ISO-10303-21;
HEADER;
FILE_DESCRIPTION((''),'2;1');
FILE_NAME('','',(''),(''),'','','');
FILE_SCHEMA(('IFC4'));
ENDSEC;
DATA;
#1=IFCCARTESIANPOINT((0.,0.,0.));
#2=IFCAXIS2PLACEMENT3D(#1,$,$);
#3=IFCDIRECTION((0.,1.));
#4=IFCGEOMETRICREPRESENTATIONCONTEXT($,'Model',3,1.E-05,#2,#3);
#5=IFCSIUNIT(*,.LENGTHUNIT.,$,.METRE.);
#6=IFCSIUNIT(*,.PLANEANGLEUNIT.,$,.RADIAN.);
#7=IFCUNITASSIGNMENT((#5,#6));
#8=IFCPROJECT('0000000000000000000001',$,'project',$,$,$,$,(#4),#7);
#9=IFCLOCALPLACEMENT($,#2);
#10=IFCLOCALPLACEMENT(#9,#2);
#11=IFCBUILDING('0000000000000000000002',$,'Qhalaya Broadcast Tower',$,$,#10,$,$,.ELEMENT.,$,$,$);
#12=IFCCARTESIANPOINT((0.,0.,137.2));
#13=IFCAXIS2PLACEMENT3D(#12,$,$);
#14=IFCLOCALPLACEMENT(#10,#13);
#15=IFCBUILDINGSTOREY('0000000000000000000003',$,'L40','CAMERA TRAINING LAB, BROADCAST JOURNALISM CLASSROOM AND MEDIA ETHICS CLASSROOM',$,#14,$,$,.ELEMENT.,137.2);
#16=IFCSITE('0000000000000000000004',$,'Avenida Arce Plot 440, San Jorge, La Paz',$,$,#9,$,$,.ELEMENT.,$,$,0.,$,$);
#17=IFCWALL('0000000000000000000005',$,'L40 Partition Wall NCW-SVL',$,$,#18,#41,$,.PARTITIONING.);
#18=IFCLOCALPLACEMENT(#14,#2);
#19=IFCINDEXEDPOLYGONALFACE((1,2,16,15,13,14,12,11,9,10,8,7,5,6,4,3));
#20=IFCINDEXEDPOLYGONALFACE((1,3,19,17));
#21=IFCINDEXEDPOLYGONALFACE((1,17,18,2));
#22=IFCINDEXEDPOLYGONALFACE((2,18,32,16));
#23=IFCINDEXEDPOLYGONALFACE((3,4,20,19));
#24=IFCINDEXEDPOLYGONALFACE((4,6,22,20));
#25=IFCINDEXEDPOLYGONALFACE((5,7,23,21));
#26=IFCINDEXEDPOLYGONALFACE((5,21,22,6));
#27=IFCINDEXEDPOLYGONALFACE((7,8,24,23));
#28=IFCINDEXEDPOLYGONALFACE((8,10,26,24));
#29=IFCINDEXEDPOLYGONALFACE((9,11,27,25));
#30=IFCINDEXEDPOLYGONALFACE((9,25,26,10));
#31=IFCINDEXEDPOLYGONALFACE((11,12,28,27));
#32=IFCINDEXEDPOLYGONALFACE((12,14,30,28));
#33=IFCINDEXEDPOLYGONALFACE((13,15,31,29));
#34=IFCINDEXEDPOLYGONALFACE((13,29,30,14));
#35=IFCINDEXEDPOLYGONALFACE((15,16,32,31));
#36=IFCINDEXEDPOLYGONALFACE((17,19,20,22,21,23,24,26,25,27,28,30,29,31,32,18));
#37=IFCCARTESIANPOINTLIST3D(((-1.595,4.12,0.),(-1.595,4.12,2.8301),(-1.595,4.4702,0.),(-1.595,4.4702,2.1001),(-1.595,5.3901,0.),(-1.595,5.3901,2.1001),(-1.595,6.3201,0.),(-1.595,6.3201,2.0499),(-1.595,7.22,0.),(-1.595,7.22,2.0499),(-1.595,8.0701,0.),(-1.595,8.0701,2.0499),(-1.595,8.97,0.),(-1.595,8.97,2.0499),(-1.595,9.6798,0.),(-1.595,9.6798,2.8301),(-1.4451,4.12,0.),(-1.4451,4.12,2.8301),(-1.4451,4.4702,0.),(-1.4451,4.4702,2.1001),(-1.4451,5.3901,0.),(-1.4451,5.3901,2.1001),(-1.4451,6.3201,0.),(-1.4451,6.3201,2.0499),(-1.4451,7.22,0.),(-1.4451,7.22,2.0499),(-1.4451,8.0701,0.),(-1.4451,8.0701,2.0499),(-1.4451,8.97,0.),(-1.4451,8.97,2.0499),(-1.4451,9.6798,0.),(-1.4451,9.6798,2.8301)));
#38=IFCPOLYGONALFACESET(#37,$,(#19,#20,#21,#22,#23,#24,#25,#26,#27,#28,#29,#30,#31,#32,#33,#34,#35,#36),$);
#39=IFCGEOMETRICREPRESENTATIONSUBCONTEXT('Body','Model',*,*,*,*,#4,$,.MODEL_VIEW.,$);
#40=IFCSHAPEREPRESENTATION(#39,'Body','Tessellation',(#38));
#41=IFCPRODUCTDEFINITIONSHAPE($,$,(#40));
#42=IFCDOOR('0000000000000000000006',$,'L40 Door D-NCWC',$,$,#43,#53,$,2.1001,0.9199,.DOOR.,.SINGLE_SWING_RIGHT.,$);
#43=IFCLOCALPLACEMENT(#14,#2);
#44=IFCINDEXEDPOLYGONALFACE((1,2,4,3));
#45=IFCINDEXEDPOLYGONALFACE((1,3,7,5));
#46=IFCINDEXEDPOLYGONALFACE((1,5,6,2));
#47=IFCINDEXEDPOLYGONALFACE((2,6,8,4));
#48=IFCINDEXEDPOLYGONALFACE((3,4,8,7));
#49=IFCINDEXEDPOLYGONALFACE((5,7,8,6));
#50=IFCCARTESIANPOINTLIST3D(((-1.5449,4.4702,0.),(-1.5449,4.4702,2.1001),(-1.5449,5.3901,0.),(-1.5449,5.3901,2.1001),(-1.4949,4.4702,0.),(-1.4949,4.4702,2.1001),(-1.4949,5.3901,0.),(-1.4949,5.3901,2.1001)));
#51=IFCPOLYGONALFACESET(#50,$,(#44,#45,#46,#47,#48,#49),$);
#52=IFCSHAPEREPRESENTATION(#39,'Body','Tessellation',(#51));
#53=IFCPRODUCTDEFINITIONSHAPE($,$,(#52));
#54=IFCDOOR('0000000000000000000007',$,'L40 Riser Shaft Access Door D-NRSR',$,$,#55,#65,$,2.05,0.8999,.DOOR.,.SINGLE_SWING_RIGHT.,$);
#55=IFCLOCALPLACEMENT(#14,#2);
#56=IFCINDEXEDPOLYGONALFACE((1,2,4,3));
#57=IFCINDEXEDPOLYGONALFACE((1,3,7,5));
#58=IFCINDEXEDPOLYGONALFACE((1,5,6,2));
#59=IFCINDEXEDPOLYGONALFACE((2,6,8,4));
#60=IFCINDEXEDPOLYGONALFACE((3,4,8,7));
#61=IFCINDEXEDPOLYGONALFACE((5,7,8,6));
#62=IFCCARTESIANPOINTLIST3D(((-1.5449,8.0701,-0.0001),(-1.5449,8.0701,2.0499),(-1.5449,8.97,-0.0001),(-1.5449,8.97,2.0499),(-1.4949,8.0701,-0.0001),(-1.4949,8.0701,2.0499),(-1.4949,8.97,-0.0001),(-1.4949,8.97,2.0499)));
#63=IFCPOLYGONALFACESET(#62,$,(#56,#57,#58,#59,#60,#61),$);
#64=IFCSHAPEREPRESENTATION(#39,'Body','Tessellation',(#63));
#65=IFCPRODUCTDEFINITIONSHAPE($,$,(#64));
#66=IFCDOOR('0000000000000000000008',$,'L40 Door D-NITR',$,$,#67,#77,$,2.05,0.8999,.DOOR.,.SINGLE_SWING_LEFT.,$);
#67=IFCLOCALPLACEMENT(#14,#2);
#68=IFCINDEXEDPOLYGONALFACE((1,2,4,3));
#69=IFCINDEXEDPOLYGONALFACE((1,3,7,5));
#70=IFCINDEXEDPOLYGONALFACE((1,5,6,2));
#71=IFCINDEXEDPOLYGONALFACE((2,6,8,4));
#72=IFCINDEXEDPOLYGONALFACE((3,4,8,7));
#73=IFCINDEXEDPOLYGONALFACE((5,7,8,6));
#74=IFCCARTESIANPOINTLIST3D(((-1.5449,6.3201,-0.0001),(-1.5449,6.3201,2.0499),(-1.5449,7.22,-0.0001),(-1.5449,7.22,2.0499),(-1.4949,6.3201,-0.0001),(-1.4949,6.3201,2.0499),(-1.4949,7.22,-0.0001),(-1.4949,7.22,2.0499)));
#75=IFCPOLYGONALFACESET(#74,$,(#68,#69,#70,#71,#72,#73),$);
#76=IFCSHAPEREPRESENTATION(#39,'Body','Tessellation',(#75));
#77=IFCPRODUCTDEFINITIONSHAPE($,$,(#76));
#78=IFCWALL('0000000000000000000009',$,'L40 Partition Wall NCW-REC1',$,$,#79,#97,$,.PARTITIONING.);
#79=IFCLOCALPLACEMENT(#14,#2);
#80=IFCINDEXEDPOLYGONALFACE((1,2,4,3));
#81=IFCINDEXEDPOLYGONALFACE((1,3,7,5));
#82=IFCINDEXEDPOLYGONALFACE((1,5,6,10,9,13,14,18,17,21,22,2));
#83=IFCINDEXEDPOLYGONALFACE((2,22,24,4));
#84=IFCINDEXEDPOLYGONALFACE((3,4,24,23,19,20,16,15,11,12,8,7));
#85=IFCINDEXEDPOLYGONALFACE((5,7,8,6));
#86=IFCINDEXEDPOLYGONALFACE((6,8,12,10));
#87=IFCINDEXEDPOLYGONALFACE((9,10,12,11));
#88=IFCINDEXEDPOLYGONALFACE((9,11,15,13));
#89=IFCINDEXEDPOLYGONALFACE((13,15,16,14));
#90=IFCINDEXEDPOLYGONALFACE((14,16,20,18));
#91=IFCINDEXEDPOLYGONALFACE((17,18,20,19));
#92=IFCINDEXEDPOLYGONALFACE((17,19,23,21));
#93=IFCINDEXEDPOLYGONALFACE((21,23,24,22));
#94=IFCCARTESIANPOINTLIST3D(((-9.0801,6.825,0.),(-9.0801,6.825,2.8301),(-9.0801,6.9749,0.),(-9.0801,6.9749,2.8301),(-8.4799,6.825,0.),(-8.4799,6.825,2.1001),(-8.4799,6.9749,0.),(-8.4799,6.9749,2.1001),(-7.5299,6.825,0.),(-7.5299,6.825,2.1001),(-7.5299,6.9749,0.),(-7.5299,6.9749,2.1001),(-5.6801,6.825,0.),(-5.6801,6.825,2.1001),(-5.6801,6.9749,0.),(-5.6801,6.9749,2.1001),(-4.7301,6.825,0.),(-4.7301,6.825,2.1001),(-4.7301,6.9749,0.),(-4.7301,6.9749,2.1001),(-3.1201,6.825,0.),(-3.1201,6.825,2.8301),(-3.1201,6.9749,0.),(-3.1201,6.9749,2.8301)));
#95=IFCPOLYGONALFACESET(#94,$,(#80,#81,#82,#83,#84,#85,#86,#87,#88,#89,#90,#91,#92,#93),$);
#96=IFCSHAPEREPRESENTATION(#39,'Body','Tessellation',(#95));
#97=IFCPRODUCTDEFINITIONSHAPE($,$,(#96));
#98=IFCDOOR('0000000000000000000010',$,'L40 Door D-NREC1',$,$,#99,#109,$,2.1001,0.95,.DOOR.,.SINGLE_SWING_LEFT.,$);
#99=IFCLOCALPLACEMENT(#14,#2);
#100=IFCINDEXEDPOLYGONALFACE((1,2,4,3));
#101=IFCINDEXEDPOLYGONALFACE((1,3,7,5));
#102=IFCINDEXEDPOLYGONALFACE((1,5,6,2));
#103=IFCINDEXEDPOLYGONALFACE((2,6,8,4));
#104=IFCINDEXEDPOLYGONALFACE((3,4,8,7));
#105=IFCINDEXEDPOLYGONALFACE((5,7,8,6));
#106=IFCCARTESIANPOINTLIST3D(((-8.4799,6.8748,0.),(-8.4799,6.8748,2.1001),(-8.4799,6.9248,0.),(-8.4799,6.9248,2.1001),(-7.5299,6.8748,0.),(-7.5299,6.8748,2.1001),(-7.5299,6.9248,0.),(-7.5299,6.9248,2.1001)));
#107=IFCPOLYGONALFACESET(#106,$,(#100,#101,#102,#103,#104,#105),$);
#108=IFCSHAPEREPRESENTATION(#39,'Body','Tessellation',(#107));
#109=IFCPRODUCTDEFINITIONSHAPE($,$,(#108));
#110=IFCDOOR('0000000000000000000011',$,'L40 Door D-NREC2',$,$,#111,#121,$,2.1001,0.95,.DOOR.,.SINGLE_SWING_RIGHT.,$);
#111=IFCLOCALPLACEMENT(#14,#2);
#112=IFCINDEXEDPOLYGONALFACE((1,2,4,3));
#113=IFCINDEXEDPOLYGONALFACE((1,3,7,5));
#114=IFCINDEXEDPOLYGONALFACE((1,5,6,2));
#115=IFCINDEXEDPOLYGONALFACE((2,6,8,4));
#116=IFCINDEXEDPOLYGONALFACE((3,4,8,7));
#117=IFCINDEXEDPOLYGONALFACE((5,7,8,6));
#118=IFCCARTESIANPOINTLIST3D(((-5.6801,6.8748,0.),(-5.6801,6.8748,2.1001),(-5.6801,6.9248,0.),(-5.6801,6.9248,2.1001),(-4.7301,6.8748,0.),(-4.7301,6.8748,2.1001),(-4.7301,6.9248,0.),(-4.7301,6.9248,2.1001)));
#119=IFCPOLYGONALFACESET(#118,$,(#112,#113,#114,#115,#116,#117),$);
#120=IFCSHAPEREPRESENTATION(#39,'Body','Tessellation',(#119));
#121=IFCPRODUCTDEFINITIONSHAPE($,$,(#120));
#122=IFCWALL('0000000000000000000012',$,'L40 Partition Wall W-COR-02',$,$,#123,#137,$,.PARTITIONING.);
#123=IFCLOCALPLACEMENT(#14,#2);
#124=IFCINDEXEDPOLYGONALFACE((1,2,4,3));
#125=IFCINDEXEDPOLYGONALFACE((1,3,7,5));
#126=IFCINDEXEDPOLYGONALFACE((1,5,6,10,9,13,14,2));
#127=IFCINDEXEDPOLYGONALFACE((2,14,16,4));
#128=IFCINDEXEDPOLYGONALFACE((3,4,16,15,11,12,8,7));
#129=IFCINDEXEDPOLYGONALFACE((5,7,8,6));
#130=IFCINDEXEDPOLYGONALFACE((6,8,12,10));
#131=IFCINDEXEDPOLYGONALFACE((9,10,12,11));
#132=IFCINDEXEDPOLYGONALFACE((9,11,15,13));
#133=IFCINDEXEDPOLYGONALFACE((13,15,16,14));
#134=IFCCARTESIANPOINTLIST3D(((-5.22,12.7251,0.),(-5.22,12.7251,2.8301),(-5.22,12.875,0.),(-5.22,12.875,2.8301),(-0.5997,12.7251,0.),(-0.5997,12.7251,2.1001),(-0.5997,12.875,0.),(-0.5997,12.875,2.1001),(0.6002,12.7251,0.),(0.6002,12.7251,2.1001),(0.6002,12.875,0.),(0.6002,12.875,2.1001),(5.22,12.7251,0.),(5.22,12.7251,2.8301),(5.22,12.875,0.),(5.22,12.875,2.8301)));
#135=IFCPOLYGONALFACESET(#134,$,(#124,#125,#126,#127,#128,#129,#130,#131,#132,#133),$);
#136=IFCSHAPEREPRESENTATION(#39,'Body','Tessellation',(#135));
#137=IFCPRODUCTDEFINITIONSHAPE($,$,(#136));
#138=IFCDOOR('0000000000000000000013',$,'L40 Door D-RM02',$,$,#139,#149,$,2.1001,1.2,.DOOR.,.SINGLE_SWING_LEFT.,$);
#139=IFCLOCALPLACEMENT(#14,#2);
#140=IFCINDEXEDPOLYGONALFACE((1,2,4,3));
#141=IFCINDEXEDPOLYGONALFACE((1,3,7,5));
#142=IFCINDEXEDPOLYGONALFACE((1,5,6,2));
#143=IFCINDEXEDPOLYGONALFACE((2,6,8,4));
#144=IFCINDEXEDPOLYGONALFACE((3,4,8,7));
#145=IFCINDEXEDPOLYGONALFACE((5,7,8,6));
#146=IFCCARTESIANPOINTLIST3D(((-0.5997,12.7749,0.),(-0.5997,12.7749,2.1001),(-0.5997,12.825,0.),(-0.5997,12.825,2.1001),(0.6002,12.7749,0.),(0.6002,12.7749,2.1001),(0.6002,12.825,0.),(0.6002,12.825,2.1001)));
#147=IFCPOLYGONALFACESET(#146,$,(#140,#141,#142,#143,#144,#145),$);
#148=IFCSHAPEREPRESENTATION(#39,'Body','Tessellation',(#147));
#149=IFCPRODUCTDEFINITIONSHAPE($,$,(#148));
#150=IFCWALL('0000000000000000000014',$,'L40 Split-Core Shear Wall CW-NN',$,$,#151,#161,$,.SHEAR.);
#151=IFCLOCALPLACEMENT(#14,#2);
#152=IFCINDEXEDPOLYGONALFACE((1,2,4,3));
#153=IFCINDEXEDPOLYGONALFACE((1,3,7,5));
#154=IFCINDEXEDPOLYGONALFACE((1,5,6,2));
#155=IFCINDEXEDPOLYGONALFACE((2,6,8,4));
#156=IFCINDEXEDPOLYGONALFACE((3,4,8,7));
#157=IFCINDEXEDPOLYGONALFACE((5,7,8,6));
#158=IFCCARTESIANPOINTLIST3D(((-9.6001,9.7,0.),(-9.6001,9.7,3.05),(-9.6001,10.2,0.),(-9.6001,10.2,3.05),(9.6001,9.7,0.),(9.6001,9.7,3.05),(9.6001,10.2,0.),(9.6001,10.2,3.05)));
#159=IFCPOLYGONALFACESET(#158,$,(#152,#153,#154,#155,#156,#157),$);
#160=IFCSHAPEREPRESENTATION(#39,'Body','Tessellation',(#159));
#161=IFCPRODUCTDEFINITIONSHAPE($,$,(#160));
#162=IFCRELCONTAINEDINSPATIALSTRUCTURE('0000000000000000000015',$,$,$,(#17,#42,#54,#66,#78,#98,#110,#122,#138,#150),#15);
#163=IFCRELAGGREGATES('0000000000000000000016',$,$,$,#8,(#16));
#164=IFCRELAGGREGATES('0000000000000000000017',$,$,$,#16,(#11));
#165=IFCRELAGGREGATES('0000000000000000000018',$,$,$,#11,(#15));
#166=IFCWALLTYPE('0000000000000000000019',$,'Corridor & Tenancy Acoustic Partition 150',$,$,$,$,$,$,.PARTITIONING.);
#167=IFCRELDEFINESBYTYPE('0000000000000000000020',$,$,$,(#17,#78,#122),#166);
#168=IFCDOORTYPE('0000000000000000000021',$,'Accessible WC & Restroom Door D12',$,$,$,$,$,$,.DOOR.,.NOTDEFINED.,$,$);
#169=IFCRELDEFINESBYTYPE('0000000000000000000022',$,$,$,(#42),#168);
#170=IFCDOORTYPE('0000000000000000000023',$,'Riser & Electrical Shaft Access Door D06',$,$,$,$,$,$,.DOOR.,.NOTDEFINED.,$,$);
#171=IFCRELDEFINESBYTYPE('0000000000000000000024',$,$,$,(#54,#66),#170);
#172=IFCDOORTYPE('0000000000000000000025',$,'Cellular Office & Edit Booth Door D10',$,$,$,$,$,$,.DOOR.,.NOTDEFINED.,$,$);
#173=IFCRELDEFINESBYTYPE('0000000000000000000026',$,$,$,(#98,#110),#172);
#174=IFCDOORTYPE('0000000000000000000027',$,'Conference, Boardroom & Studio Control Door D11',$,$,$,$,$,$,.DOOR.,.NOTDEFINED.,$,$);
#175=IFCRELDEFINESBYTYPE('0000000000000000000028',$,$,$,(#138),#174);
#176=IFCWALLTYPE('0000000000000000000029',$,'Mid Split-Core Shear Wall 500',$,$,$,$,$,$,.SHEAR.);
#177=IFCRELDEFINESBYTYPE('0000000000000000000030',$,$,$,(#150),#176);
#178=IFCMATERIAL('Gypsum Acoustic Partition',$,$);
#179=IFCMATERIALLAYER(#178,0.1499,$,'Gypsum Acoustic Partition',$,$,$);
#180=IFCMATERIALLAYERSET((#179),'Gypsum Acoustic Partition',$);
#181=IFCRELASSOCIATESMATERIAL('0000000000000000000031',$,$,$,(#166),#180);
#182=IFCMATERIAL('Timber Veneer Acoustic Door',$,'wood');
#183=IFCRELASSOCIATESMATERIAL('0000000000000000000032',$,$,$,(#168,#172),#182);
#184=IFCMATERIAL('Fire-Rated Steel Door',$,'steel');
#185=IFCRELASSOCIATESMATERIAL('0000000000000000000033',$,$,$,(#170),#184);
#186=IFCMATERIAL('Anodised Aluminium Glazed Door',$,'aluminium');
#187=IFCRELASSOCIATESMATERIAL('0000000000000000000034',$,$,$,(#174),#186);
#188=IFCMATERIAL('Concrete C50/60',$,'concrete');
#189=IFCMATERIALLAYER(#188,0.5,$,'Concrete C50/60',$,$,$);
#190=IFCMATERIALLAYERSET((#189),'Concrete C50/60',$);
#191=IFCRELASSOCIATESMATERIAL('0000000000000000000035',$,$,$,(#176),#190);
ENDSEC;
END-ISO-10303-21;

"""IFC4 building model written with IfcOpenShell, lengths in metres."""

from ifc_helpers import new_model, si_unit, direction, frame, frame_2d, origin, place, context, subcontext, project, spatial, rectangle, extrude, material, layer, layer_set, type_object, element, fill, save


model = new_model("IFC4")

# Units and contexts
model_context = context("Model", 3, precision=1e-05, world=origin(), true_north=direction((0.0, 1.0)))
body_context = subcontext(model_context, "Body", "Model", "MODEL_VIEW")
ifc_project = project(units=[si_unit("LENGTHUNIT", "METRE"), si_unit("PLANEANGLEUNIT", "RADIAN")], contexts=[model_context])

# Site, building, storey
site_placement = place(None, origin())
site = spatial("IfcSite", under=ifc_project, at=site_placement, Name="Avenida Arce Plot 440, San Jorge, La Paz", CompositionType="ELEMENT", RefElevation=0.0)
building_placement = place(site_placement, origin())
building = spatial("IfcBuilding", under=site, at=building_placement, Name="Qhalaya Broadcast Tower", CompositionType="ELEMENT")
storey_placement = place(building_placement, frame((0.0, 0.0, 137.2)))
storey = spatial("IfcBuildingStorey", under=building, at=storey_placement, Name="L40", Description="CAMERA TRAINING LAB, BROADCAST JOURNALISM CLASSROOM AND MEDIA ETHICS CLASSROOM", CompositionType="ELEMENT", Elevation=137.2)

# Shared definitions
ifc_material_1 = material(Name="Concrete C50/60", Category="concrete")

# Walls, openings, doors
ifc_material_2 = material(Name="Gypsum Acoustic Partition")
ifc_layer_1 = layer(ifc_material_2, 0.1499, Name="Gypsum Acoustic Partition")
ifc_layer_set_1 = layer_set([ifc_layer_1], Name="Gypsum Acoustic Partition")
wall_type_1 = type_object("IfcWallType", Name="Corridor & Tenancy Acoustic Partition 150", PredefinedType="PARTITIONING", material=ifc_layer_set_1)
wall_1_placement = place(storey_placement, frame((-1.52, 4.1201, 0.0), z_axis=(0.0, 0.0, 1.0), x_axis=(0.0, 1.0, 0.0)))
wall_1 = element("IfcWall", 1, at=wall_1_placement, inside=storey, type_object=wall_type_1, Name="L40 Partition Wall NCW-SVL", PredefinedType="PARTITIONING", context=body_context, shape_type="SweptSolid", body=[
    extrude(rectangle(XDim=5.5598, YDim=0.1499, at=frame_2d((2.7798, 0.0))), origin(), (0.0, 0.0, 1.0), 2.8301),
])
opening_1_placement = place(wall_1_placement, frame((3.95, 0.0, 0.0)))
opening_1 = element("IfcOpeningElement", 2, at=opening_1_placement, cuts=wall_1, PredefinedType="OPENING", context=body_context, shape_type="SweptSolid", body=[
    extrude(rectangle(XDim=0.8999, YDim=2.05, at=frame_2d((0.45, 1.0249))), frame((0.0, 0.0869, 0.0), z_axis=(0.0, -1.0, 0.0), x_axis=(1.0, 0.0, 0.0)), (0.0, 0.0, 1.0), 0.1738),
])
opening_2_placement = place(wall_1_placement, frame((2.2, 0.0, 0.0)))
opening_2 = element("IfcOpeningElement", 3, at=opening_2_placement, cuts=wall_1, PredefinedType="OPENING", context=body_context, shape_type="SweptSolid", body=[
    extrude(rectangle(XDim=0.8999, YDim=2.05, at=frame_2d((0.45, 1.0249))), frame((0.0, 0.0869, 0.0), z_axis=(0.0, -1.0, 0.0), x_axis=(1.0, 0.0, 0.0)), (0.0, 0.0, 1.0), 0.1738),
])
opening_3_placement = place(wall_1_placement, frame((0.3501, 0.0, 0.0)))
opening_3 = element("IfcOpeningElement", 4, at=opening_3_placement, cuts=wall_1, PredefinedType="OPENING", context=body_context, shape_type="SweptSolid", body=[
    extrude(rectangle(XDim=0.9199, YDim=2.1001, at=frame_2d((0.46, 1.05))), frame((0.0, 0.0869, 0.0), z_axis=(0.0, -1.0, 0.0), x_axis=(1.0, 0.0, 0.0)), (0.0, 0.0, 1.0), 0.1738),
])
ifc_material_3 = material(Name="Timber Veneer Acoustic Door", Category="wood")
door_type_1 = type_object("IfcDoorType", Name="Accessible WC & Restroom Door D12", OperationType="NOTDEFINED", PredefinedType="DOOR", material=ifc_material_3)
door_1_placement = place(opening_3_placement, origin())
door_1 = element("IfcDoor", 5, at=door_1_placement, inside=storey, type_object=door_type_1, Name="L40 Door D-NCWC", OperationType="SINGLE_SWING_RIGHT", OverallHeight=2.1001, OverallWidth=0.9199, PredefinedType="DOOR", context=body_context, shape_type="SweptSolid", body=[
    extrude(rectangle(XDim=0.9199, YDim=2.1001, at=frame_2d((0.46, 1.05))), frame((0.0, 0.0249, 0.0), z_axis=(0.0, -1.0, 0.0), x_axis=(1.0, 0.0, 0.0)), (0.0, 0.0, 1.0), 0.05),
])
fill(opening_3, door_1)
ifc_material_4 = material(Name="Fire-Rated Steel Door", Category="steel")
door_type_2 = type_object("IfcDoorType", Name="Riser & Electrical Shaft Access Door D06", OperationType="NOTDEFINED", PredefinedType="DOOR", material=ifc_material_4)
door_2_placement = place(opening_1_placement, origin())
door_2 = element("IfcDoor", 6, at=door_2_placement, inside=storey, type_object=door_type_2, Name="L40 Riser Shaft Access Door D-NRSR", OperationType="SINGLE_SWING_RIGHT", OverallHeight=2.05, OverallWidth=0.8999, PredefinedType="DOOR", context=body_context, shape_type="SweptSolid", body=[
    extrude(rectangle(XDim=0.8999, YDim=2.05, at=frame_2d((0.45, 1.0249))), frame((0.0, 0.0249, 0.0), z_axis=(0.0, -1.0, 0.0), x_axis=(1.0, 0.0, 0.0)), (0.0, 0.0, 1.0), 0.05),
])
fill(opening_1, door_2)
door_3_placement = place(opening_2_placement, origin())
door_3 = element("IfcDoor", 7, at=door_3_placement, inside=storey, type_object=door_type_2, Name="L40 Door D-NITR", OperationType="SINGLE_SWING_LEFT", OverallHeight=2.05, OverallWidth=0.8999, PredefinedType="DOOR", context=body_context, shape_type="SweptSolid", body=[
    extrude(rectangle(XDim=0.8999, YDim=2.05, at=frame_2d((0.45, 1.0249))), frame((0.0, 0.0249, 0.0), z_axis=(0.0, -1.0, 0.0), x_axis=(1.0, 0.0, 0.0)), (0.0, 0.0, 1.0), 0.05),
])
fill(opening_2, door_3)
wall_2_placement = place(storey_placement, frame((-9.0801, 6.8999, 0.0), z_axis=(0.0, 0.0, 1.0), x_axis=(1.0, 0.0, 0.0)))
wall_2 = element("IfcWall", 8, at=wall_2_placement, inside=storey, type_object=wall_type_1, Name="L40 Partition Wall NCW-REC1", PredefinedType="PARTITIONING", context=body_context, shape_type="SweptSolid", body=[
    extrude(rectangle(XDim=5.96, YDim=0.1499, at=frame_2d((2.98, 0.0))), origin(), (0.0, 0.0, 1.0), 2.8301),
])
opening_4_placement = place(wall_2_placement, frame((0.6001, 0.0, 0.0)))
opening_4 = element("IfcOpeningElement", 9, at=opening_4_placement, cuts=wall_2, PredefinedType="OPENING", context=body_context, shape_type="SweptSolid", body=[
    extrude(rectangle(XDim=0.95, YDim=2.1001, at=frame_2d((0.4751, 1.05))), frame((0.0, 0.0869, 0.0), z_axis=(0.0, -1.0, 0.0), x_axis=(1.0, 0.0, 0.0)), (0.0, 0.0, 1.0), 0.1738),
])
opening_5_placement = place(wall_2_placement, frame((3.3999, 0.0, 0.0)))
opening_5 = element("IfcOpeningElement", 10, at=opening_5_placement, cuts=wall_2, PredefinedType="OPENING", context=body_context, shape_type="SweptSolid", body=[
    extrude(rectangle(XDim=0.95, YDim=2.1001, at=frame_2d((0.4751, 1.05))), frame((0.0, 0.0869, 0.0), z_axis=(0.0, -1.0, 0.0), x_axis=(1.0, 0.0, 0.0)), (0.0, 0.0, 1.0), 0.1738),
])
door_type_3 = type_object("IfcDoorType", Name="Cellular Office & Edit Booth Door D10", OperationType="NOTDEFINED", PredefinedType="DOOR", material=ifc_material_3)
door_4_placement = place(opening_4_placement, origin())
door_4 = element("IfcDoor", 11, at=door_4_placement, inside=storey, type_object=door_type_3, Name="L40 Door D-NREC1", OperationType="SINGLE_SWING_LEFT", OverallHeight=2.1001, OverallWidth=0.95, PredefinedType="DOOR", context=body_context, shape_type="SweptSolid", body=[
    extrude(rectangle(XDim=0.95, YDim=2.1001, at=frame_2d((0.4751, 1.05))), frame((0.0, 0.0249, 0.0), z_axis=(0.0, -1.0, 0.0), x_axis=(1.0, 0.0, 0.0)), (0.0, 0.0, 1.0), 0.05),
])
fill(opening_4, door_4)
door_5_placement = place(opening_5_placement, origin())
door_5 = element("IfcDoor", 12, at=door_5_placement, inside=storey, type_object=door_type_3, Name="L40 Door D-NREC2", OperationType="SINGLE_SWING_RIGHT", OverallHeight=2.1001, OverallWidth=0.95, PredefinedType="DOOR", context=body_context, shape_type="SweptSolid", body=[
    extrude(rectangle(XDim=0.95, YDim=2.1001, at=frame_2d((0.4751, 1.05))), frame((0.0, 0.0249, 0.0), z_axis=(0.0, -1.0, 0.0), x_axis=(1.0, 0.0, 0.0)), (0.0, 0.0, 1.0), 0.05),
])
fill(opening_5, door_5)

# Wall, opening, door
wall_3_placement = place(storey_placement, frame((-5.22, 12.8, 0.0), z_axis=(0.0, 0.0, 1.0), x_axis=(1.0, 0.0, 0.0)))
wall_3 = element("IfcWall", 13, at=wall_3_placement, inside=storey, type_object=wall_type_1, Name="L40 Partition Wall W-COR-02", PredefinedType="PARTITIONING", context=body_context, shape_type="SweptSolid", body=[
    extrude(rectangle(XDim=10.4399, YDim=0.1499, at=frame_2d((5.22, 0.0))), origin(), (0.0, 0.0, 1.0), 2.8301),
])
opening_6_placement = place(wall_3_placement, frame((4.6201, 0.0, 0.0)))
opening_6 = element("IfcOpeningElement", 14, at=opening_6_placement, cuts=wall_3, PredefinedType="OPENING", context=body_context, shape_type="SweptSolid", body=[
    extrude(rectangle(XDim=1.2, YDim=2.1001, at=frame_2d((0.6001, 1.05))), frame((0.0, 0.0869, 0.0), z_axis=(0.0, -1.0, 0.0), x_axis=(1.0, 0.0, 0.0)), (0.0, 0.0, 1.0), 0.1738),
])
ifc_material_5 = material(Name="Anodised Aluminium Glazed Door", Category="aluminium")
door_type_4 = type_object("IfcDoorType", Name="Conference, Boardroom & Studio Control Door D11", OperationType="NOTDEFINED", PredefinedType="DOOR", material=ifc_material_5)
door_6_placement = place(opening_6_placement, origin())
door_6 = element("IfcDoor", 15, at=door_6_placement, inside=storey, type_object=door_type_4, Name="L40 Door D-RM02", OperationType="SINGLE_SWING_LEFT", OverallHeight=2.1001, OverallWidth=1.2, PredefinedType="DOOR", context=body_context, shape_type="SweptSolid", body=[
    extrude(rectangle(XDim=1.2, YDim=2.1001, at=frame_2d((0.6001, 1.05))), frame((0.0, 0.0249, 0.0), z_axis=(0.0, -1.0, 0.0), x_axis=(1.0, 0.0, 0.0)), (0.0, 0.0, 1.0), 0.05),
])
fill(opening_6, door_6)

# Wall
ifc_layer_2 = layer(ifc_material_1, 0.5, Name="Concrete C50/60")
ifc_layer_set_2 = layer_set([ifc_layer_2], Name="Concrete C50/60")
wall_type_2 = type_object("IfcWallType", Name="Mid Split-Core Shear Wall 500", PredefinedType="SHEAR", material=ifc_layer_set_2)
wall_4_placement = place(storey_placement, frame((-9.6001, 9.95, 0.0), z_axis=(0.0, 0.0, 1.0), x_axis=(1.0, 0.0, 0.0)))
element("IfcWall", 16, at=wall_4_placement, inside=storey, type_object=wall_type_2, Name="L40 Split-Core Shear Wall CW-NN", PredefinedType="SHEAR", context=body_context, shape_type="SweptSolid", body=[
    extrude(rectangle(XDim=19.2002, YDim=0.5, at=frame_2d((9.6001, 0.0))), origin(), (0.0, 0.0, 1.0), 3.05),
])

save(model, "model.ifc")
